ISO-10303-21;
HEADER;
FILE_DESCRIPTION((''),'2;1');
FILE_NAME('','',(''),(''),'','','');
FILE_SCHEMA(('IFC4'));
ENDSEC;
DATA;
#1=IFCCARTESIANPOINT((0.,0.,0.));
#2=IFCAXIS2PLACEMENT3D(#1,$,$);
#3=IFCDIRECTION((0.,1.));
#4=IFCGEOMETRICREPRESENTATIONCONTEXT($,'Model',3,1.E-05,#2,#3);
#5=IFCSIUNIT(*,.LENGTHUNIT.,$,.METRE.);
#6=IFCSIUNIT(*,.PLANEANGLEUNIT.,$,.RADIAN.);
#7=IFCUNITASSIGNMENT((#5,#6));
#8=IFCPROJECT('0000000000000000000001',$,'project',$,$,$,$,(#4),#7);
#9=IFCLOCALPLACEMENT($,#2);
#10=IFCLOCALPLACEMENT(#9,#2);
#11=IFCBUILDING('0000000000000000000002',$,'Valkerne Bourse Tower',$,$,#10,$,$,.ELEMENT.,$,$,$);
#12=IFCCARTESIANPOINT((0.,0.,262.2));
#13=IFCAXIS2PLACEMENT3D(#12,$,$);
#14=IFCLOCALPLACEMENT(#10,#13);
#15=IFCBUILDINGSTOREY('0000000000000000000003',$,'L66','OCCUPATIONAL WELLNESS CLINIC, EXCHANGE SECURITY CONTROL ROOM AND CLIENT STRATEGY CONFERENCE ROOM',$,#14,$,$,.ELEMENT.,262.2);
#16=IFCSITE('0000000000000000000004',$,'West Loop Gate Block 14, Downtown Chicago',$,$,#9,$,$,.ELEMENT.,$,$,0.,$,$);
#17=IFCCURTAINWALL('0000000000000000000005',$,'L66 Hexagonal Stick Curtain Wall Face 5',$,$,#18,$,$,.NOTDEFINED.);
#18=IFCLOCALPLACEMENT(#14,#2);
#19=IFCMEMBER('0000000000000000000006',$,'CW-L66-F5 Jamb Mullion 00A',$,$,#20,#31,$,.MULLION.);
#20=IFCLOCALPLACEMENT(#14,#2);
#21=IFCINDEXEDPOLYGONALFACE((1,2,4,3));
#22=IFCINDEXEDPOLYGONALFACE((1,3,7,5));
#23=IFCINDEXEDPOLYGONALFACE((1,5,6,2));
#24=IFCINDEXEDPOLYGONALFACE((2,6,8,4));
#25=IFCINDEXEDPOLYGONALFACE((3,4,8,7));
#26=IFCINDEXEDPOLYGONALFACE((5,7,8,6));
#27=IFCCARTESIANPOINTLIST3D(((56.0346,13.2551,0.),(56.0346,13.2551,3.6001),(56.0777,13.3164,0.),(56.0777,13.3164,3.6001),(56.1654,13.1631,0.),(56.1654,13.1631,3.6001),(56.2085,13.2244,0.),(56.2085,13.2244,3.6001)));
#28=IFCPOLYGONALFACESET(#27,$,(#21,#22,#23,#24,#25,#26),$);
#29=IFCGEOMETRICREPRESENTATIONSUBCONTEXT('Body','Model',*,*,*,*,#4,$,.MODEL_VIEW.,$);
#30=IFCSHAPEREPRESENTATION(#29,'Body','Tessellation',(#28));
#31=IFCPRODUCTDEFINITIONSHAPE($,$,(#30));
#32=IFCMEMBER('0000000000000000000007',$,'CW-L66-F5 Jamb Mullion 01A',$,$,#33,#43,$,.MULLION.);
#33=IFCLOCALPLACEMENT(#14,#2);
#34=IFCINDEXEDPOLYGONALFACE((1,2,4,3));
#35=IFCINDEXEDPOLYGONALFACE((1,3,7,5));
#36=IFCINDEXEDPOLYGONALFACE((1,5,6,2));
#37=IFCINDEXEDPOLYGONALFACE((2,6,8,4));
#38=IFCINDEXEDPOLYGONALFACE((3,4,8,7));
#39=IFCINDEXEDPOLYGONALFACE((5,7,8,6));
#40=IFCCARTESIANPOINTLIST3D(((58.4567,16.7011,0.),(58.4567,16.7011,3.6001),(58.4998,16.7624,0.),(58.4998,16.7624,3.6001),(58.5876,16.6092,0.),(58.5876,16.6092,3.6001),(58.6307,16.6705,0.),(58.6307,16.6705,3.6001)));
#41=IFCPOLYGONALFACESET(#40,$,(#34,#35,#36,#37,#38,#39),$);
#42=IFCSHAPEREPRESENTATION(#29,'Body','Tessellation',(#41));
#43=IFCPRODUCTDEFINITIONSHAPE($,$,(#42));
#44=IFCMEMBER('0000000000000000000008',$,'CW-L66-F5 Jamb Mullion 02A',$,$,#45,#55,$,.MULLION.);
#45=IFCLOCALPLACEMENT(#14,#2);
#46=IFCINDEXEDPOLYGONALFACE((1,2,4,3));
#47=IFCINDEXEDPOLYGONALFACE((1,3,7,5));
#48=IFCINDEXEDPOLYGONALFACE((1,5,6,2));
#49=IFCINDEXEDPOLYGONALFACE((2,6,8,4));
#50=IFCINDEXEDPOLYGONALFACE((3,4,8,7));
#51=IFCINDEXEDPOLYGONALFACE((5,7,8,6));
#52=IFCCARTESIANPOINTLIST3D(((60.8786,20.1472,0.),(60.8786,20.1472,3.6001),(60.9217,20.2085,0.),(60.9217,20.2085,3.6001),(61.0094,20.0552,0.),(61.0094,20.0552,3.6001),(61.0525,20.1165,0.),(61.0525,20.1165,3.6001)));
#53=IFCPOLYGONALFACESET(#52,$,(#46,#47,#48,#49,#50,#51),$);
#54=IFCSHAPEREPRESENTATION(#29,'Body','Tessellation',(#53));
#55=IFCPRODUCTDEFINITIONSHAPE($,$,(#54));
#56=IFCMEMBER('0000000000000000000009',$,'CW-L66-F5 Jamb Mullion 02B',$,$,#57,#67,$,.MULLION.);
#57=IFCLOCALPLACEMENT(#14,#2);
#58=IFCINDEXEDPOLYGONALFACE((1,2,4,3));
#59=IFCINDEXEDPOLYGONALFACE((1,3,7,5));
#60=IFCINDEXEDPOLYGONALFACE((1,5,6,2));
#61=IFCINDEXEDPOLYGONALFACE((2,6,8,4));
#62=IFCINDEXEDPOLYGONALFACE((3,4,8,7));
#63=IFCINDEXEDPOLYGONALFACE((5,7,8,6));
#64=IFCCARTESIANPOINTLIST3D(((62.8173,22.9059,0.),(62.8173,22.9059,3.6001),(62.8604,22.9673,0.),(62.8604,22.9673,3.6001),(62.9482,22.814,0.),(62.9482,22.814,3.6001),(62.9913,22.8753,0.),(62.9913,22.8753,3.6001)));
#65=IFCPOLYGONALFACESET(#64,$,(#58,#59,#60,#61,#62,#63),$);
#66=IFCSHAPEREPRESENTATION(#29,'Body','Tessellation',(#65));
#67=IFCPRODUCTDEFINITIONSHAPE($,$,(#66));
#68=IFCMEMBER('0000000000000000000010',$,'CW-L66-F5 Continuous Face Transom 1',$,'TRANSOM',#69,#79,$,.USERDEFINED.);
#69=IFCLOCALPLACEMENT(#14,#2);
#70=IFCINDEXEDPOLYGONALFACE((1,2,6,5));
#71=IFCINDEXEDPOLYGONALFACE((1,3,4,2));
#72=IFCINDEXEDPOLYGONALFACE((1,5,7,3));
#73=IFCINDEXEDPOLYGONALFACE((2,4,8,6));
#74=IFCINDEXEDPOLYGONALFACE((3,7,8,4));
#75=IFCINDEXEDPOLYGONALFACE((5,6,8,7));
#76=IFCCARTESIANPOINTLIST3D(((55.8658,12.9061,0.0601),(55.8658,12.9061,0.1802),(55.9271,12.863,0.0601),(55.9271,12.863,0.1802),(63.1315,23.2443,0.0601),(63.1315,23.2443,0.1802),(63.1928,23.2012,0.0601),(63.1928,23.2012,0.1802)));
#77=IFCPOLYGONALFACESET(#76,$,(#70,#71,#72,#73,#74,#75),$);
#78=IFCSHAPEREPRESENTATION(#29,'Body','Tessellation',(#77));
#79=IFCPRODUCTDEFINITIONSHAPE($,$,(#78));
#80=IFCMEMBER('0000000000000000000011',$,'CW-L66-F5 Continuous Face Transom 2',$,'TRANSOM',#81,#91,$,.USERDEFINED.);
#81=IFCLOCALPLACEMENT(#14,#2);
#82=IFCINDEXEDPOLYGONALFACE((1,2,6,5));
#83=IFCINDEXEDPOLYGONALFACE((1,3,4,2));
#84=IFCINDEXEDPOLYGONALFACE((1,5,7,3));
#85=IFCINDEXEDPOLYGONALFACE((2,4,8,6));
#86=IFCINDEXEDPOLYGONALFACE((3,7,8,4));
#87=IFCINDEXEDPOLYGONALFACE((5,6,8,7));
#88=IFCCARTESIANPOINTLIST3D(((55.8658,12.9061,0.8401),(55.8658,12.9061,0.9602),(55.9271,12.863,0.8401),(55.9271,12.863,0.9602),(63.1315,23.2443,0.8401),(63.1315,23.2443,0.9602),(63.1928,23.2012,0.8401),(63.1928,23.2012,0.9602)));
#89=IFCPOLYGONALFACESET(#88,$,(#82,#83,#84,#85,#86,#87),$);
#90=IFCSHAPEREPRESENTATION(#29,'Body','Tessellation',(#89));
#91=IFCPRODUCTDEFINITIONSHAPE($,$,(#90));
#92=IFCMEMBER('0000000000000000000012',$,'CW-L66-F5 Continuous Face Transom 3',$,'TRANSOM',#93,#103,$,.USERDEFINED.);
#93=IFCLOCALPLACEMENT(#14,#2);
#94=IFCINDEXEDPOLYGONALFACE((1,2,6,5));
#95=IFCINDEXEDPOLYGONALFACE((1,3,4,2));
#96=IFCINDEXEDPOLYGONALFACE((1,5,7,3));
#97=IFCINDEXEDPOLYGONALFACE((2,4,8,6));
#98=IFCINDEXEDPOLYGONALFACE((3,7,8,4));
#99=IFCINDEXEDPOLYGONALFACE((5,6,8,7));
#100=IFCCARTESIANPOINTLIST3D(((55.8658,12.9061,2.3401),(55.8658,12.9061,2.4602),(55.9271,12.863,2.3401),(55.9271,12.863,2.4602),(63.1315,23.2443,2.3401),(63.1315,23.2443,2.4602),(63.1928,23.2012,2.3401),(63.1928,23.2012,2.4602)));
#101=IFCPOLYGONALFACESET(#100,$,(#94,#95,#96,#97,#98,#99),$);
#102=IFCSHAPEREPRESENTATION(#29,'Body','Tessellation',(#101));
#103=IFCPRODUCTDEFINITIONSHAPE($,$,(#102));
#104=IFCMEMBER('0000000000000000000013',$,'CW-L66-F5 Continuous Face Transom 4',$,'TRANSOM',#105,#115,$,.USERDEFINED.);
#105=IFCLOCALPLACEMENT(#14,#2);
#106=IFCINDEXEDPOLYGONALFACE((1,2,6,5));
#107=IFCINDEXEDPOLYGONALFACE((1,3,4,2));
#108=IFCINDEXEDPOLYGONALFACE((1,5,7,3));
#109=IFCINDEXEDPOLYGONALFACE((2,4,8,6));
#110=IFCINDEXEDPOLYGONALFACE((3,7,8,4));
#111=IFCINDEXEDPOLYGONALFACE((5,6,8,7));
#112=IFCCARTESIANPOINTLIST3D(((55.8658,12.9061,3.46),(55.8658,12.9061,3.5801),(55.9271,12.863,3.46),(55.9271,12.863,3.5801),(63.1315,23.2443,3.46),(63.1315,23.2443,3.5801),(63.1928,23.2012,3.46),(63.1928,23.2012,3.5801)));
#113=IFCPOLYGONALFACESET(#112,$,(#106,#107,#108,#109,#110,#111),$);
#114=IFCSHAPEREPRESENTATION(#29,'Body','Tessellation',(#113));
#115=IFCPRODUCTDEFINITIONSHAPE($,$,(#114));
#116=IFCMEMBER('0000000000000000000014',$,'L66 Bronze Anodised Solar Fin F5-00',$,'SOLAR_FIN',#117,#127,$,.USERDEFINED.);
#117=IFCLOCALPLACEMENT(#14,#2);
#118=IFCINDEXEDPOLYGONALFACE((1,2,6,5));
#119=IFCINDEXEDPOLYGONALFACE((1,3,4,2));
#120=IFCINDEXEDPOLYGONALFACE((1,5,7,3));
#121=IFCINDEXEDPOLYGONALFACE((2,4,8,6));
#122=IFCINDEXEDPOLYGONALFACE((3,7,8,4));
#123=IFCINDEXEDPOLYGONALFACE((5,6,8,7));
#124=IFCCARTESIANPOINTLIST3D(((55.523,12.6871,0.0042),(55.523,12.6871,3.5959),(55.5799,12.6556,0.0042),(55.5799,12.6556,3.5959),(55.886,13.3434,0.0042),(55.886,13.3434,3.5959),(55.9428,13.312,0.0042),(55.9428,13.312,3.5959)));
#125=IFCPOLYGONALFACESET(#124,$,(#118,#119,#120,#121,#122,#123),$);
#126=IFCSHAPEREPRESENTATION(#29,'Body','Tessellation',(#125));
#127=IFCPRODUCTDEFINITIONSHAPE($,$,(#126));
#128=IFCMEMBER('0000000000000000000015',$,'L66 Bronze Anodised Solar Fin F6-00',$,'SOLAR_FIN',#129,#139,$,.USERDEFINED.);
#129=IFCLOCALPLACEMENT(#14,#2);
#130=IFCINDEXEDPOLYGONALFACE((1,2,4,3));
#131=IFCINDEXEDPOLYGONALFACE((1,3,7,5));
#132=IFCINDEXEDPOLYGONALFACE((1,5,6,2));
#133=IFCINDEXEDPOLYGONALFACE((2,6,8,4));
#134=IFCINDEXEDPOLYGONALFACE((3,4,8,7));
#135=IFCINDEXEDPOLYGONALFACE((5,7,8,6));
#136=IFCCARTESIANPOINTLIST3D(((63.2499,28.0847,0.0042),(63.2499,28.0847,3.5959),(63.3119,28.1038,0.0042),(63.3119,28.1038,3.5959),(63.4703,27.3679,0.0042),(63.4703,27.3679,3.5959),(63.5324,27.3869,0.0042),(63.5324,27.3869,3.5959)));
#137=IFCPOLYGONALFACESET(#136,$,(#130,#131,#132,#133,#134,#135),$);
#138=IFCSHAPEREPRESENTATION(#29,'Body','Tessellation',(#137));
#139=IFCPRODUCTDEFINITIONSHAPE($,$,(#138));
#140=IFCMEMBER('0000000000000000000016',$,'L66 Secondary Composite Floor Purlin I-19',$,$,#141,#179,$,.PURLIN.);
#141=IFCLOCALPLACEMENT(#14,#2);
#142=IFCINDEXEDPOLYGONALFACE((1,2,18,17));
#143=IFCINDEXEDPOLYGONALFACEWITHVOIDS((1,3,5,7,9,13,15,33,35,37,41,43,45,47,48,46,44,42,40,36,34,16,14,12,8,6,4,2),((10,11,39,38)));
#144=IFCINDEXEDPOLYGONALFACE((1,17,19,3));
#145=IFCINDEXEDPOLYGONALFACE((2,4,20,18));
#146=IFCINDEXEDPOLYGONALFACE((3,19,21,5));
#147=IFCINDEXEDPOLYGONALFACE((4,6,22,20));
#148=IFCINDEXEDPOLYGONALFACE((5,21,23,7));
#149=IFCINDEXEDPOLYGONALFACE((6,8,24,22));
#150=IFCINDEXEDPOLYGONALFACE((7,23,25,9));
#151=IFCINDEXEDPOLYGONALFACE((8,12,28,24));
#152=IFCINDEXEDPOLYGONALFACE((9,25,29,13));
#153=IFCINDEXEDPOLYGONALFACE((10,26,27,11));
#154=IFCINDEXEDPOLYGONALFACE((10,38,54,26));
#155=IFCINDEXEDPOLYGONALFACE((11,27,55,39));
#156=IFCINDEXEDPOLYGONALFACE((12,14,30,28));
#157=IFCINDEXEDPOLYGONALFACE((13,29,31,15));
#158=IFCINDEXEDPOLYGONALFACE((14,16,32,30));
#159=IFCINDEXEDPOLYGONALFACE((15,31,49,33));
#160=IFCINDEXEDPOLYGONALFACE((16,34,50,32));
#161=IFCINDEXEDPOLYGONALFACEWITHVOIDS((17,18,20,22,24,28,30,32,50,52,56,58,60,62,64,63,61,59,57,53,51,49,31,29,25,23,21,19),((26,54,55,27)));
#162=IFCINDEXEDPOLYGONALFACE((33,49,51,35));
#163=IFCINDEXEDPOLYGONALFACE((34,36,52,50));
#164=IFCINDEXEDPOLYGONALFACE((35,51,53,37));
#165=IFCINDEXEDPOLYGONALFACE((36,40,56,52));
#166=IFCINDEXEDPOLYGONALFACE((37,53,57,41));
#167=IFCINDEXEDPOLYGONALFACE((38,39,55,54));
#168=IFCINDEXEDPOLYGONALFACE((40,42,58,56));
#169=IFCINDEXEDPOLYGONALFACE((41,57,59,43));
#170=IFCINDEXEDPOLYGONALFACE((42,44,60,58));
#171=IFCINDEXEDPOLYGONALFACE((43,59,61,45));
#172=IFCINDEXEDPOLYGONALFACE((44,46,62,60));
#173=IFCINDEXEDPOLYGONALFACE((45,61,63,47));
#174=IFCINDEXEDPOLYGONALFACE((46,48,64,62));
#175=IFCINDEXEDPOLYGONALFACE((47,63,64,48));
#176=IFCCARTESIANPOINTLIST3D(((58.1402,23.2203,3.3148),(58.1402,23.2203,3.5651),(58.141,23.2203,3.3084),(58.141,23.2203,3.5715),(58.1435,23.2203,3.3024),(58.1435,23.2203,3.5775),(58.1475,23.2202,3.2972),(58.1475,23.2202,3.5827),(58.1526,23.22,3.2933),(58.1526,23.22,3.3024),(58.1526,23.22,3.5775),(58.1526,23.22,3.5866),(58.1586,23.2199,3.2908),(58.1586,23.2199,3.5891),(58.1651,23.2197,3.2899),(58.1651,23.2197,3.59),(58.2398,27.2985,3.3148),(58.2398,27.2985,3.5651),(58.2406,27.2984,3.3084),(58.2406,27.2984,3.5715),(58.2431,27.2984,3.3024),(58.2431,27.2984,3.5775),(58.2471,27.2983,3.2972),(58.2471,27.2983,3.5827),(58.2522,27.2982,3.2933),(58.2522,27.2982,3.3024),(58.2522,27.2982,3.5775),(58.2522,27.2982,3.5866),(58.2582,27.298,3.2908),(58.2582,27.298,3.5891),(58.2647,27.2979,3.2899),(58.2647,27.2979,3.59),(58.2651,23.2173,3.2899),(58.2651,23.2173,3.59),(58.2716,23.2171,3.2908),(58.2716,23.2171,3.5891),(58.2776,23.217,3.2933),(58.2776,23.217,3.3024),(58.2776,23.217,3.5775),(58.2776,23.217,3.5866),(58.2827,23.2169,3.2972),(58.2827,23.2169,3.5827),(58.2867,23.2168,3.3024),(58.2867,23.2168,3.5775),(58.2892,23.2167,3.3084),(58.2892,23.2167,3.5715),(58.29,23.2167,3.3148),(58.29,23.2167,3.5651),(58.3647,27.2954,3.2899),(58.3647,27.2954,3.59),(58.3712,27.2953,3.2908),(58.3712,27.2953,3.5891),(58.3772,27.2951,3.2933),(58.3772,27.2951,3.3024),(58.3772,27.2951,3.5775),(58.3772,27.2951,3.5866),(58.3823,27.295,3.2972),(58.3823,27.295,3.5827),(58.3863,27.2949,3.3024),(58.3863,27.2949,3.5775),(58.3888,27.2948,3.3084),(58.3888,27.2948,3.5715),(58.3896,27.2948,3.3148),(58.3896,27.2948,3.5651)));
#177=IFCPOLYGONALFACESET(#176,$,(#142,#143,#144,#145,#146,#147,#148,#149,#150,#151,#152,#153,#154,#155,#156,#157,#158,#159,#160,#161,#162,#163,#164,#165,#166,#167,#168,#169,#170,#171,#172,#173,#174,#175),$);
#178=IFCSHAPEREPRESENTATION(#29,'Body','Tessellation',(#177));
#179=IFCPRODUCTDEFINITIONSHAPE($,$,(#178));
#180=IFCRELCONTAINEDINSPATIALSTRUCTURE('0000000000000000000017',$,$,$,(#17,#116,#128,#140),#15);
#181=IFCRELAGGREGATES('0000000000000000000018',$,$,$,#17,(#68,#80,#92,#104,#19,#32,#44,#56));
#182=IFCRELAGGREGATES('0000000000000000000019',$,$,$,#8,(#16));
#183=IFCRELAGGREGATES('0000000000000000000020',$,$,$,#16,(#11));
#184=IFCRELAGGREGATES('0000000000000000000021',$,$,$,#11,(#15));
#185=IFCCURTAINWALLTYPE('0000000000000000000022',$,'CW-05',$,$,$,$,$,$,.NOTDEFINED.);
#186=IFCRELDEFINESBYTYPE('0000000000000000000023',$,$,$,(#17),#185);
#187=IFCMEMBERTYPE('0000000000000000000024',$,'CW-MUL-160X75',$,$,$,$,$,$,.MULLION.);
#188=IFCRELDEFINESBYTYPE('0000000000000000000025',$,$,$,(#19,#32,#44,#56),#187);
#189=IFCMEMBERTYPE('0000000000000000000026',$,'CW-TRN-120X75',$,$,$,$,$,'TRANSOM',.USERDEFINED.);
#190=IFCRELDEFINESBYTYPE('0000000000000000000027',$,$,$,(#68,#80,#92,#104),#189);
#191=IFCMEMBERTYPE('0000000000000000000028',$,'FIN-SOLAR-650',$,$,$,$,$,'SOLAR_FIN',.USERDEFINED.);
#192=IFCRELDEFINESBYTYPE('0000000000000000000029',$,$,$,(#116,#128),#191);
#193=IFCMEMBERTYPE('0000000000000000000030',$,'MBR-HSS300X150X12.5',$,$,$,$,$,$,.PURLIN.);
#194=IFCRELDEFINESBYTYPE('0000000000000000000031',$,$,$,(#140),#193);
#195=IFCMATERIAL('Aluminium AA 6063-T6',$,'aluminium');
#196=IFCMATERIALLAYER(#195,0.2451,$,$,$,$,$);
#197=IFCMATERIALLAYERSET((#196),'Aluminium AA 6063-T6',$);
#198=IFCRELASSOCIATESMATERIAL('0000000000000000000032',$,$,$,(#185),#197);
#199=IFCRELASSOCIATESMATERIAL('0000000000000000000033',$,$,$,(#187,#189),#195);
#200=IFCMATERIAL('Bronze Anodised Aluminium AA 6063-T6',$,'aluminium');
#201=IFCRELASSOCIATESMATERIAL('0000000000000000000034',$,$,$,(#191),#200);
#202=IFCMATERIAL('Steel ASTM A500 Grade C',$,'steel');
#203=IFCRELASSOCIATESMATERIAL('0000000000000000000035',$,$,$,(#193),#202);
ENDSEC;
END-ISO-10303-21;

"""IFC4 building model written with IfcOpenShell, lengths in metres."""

from ifc_helpers import new_model, si_unit, direction, frame, origin, origin_2d, place, context, subcontext, project, spatial, rectangle, hollow_rectangle, extrude, material, layer, layer_set, material_profile, profile_set, type_object, element, aggregate, save


model = new_model("IFC4")

# Units and contexts
model_context = context("Model", 3, precision=1e-05, world=origin(), true_north=direction((0.0, 1.0)))
body_context = subcontext(model_context, "Body", "Model", "MODEL_VIEW")
ifc_project = project(units=[si_unit("LENGTHUNIT", "METRE"), si_unit("PLANEANGLEUNIT", "RADIAN")], contexts=[model_context])

# Site, building, storey
site_placement = place(None, origin())
site = spatial("IfcSite", under=ifc_project, at=site_placement, Name="West Loop Gate Block 14, Downtown Chicago", CompositionType="ELEMENT", RefElevation=0.0)
building_placement = place(site_placement, origin())
building = spatial("IfcBuilding", under=site, at=building_placement, Name="Valkerne Bourse Tower", CompositionType="ELEMENT")
storey_placement = place(building_placement, frame((0.0, 0.0, 262.2)))
storey = spatial("IfcBuildingStorey", under=building, at=storey_placement, Name="L66", Description="OCCUPATIONAL WELLNESS CLINIC, EXCHANGE SECURITY CONTROL ROOM AND CLIENT STRATEGY CONFERENCE ROOM", CompositionType="ELEMENT", Elevation=262.2)

# Shared definitions
ifc_material_1 = material(Name="Steel ASTM A500 Grade C", Category="steel")

# Curtain wall, members
ifc_material_2 = material(Name="Aluminium AA 6063-T6", Category="aluminium")
ifc_layer_1 = layer(ifc_material_2, 0.2451)
ifc_layer_set_1 = layer_set([ifc_layer_1], Name="Aluminium AA 6063-T6")
curtain_wall_type = type_object("IfcCurtainWallType", Name="CW-05", PredefinedType="NOTDEFINED", material=ifc_layer_set_1)
curtain_wall_placement = place(storey_placement, origin())
curtain_wall = element("IfcCurtainWall", 1, at=curtain_wall_placement, inside=storey, type_object=curtain_wall_type, Name="L66 Hexagonal Stick Curtain Wall Face 5", PredefinedType="NOTDEFINED")
ifc_material_profile_1 = material_profile(ifc_material_2, rectangle(XDim=0.075, YDim=0.1599, at=origin_2d()), Name="CWM-75X160")
ifc_profile_set_1 = profile_set([ifc_material_profile_1], Name="Aluminium AA 6063-T6")
member_type_1 = type_object("IfcMemberType", Name="CW-MUL-160X75", PredefinedType="MULLION", material=ifc_profile_set_1)
member_1_placement = place(storey_placement, frame((56.1216, 13.2397, 0.0), z_axis=(0.0, 0.0, 1.0), x_axis=(0.575007, 0.818149, 0.0)))
member_1 = element("IfcMember", 2, at=member_1_placement, type_object=member_type_1, Name="CW-L66-F5 Jamb Mullion 00A", PredefinedType="MULLION", context=body_context, shape_type="SweptSolid", body=[
    extrude(rectangle(XDim=0.075, YDim=0.1599, at=origin_2d()), origin(), (0.0, 0.0, 1.0), 3.6001),
])
member_2_placement = place(storey_placement, frame((58.5437, 16.6858, 0.0), z_axis=(0.0, 0.0, 1.0), x_axis=(0.574996, 0.818156, 0.0)))
member_2 = element("IfcMember", 3, at=member_2_placement, type_object=member_type_1, Name="CW-L66-F5 Jamb Mullion 01A", PredefinedType="MULLION", context=body_context, shape_type="SweptSolid", body=[
    extrude(rectangle(XDim=0.075, YDim=0.1599, at=origin_2d()), origin(), (0.0, 0.0, 1.0), 3.6001),
])
member_3_placement = place(storey_placement, frame((60.9656, 20.1318, 0.0), z_axis=(0.0, 0.0, 1.0), x_axis=(0.575007, 0.818149, 0.0)))
member_3 = element("IfcMember", 4, at=member_3_placement, type_object=member_type_1, Name="CW-L66-F5 Jamb Mullion 02A", PredefinedType="MULLION", context=body_context, shape_type="SweptSolid", body=[
    extrude(rectangle(XDim=0.075, YDim=0.1599, at=origin_2d()), origin(), (0.0, 0.0, 1.0), 3.6001),
])
member_4_placement = place(storey_placement, frame((62.9043, 22.8906, 0.0), z_axis=(0.0, 0.0, 1.0), x_axis=(0.575007, 0.818149, 0.0)))
member_4 = element("IfcMember", 5, at=member_4_placement, type_object=member_type_1, Name="CW-L66-F5 Jamb Mullion 02B", PredefinedType="MULLION", context=body_context, shape_type="SweptSolid", body=[
    extrude(rectangle(XDim=0.075, YDim=0.1599, at=origin_2d()), origin(), (0.0, 0.0, 1.0), 3.6001),
])
ifc_material_profile_2 = material_profile(ifc_material_2, rectangle(XDim=0.075, YDim=0.1201, at=origin_2d()), Name="CWT-75X120")
ifc_profile_set_2 = profile_set([ifc_material_profile_2], Name="Aluminium AA 6063-T6")
member_type_2 = type_object("IfcMemberType", Name="CW-TRN-120X75", ElementType="TRANSOM", PredefinedType="USERDEFINED", material=ifc_profile_set_2)
member_5_placement = place(storey_placement, frame((55.8965, 12.8845, 0.1201), z_axis=(0.574998, 0.818155, 0.0), x_axis=(-0.818155, 0.574998, 0.0)))
member_5 = element("IfcMember", 6, at=member_5_placement, type_object=member_type_2, Name="CW-L66-F5 Continuous Face Transom 1", ObjectType="TRANSOM", PredefinedType="USERDEFINED", context=body_context, shape_type="SweptSolid", body=[
    extrude(rectangle(XDim=0.075, YDim=0.1201, at=origin_2d()), origin(), (0.0, 0.0, 1.0), 12.636),
])
member_6_placement = place(storey_placement, frame((55.8965, 12.8845, 0.9001), z_axis=(0.574998, 0.818155, 0.0), x_axis=(-0.818155, 0.574998, 0.0)))
member_6 = element("IfcMember", 7, at=member_6_placement, type_object=member_type_2, Name="CW-L66-F5 Continuous Face Transom 2", ObjectType="TRANSOM", PredefinedType="USERDEFINED", context=body_context, shape_type="SweptSolid", body=[
    extrude(rectangle(XDim=0.075, YDim=0.1201, at=origin_2d()), origin(), (0.0, 0.0, 1.0), 12.636),
])
member_7_placement = place(storey_placement, frame((55.8965, 12.8845, 2.4001), z_axis=(0.574998, 0.818155, 0.0), x_axis=(-0.818155, 0.574998, 0.0)))
member_7 = element("IfcMember", 8, at=member_7_placement, type_object=member_type_2, Name="CW-L66-F5 Continuous Face Transom 3", ObjectType="TRANSOM", PredefinedType="USERDEFINED", context=body_context, shape_type="SweptSolid", body=[
    extrude(rectangle(XDim=0.075, YDim=0.1201, at=origin_2d()), origin(), (0.0, 0.0, 1.0), 12.636),
])
member_8_placement = place(storey_placement, frame((55.8965, 12.8845, 3.52), z_axis=(0.574998, 0.818155, 0.0), x_axis=(-0.818155, 0.574998, 0.0)))
member_8 = element("IfcMember", 9, at=member_8_placement, type_object=member_type_2, Name="CW-L66-F5 Continuous Face Transom 4", ObjectType="TRANSOM", PredefinedType="USERDEFINED", context=body_context, shape_type="SweptSolid", body=[
    extrude(rectangle(XDim=0.075, YDim=0.1201, at=origin_2d()), origin(), (0.0, 0.0, 1.0), 12.636),
])

# Members
ifc_material_3 = material(Name="Bronze Anodised Aluminium AA 6063-T6", Category="aluminium")
ifc_material_profile_3 = material_profile(ifc_material_3, rectangle(XDim=0.0649, YDim=0.75, at=origin_2d()), Name="FIN-65X750")
ifc_profile_set_3 = profile_set([ifc_material_profile_3], Name="Bronze Anodised Aluminium AA 6063-T6")
member_type_3 = type_object("IfcMemberType", Name="FIN-SOLAR-650", ElementType="SOLAR_FIN", PredefinedType="USERDEFINED", material=ifc_profile_set_3)
for number, where, z_axis, x_axis, name in (
    (10, (55.7329, 12.9995, 0.0042), (0.0, 0.0, 1.0), (0.875119, -0.483908, 0.0), "L66 Bronze Anodised Solar Fin F5-00"),
    (11, (63.3911, 27.7358, 0.0042), (0.0, 0.0, 1.0), (0.955837, 0.293897, 0.0), "L66 Bronze Anodised Solar Fin F6-00"),
):
    element("IfcMember", number, at=place(storey_placement, frame(where, z_axis=z_axis, x_axis=x_axis)), inside=storey, type_object=member_type_3, Name=name, ObjectType="SOLAR_FIN", PredefinedType="USERDEFINED", context=body_context, shape_type="SweptSolid", body=[
        extrude(rectangle(XDim=0.0649, YDim=0.75, at=origin_2d()), origin(), (0.0, 0.0, 1.0), 3.5918),
    ])
ifc_material_profile_4 = material_profile(ifc_material_1, hollow_rectangle(XDim=0.1499, YDim=0.3, WallThickness=0.0125, OuterFilletRadius=0.0249, at=origin_2d()), Name="HSS300X150X12.5")
ifc_profile_set_4 = profile_set([ifc_material_profile_4], Name="Steel ASTM A500 Grade C")
member_type_4 = type_object("IfcMemberType", Name="MBR-HSS300X150X12.5", PredefinedType="PURLIN", material=ifc_profile_set_4)
member_9_placement = place(storey_placement, frame((58.2151, 23.2185, 3.4399), z_axis=(0.024418, 0.999702, 0.0), x_axis=(-0.999702, 0.024418, 0.0)))
element("IfcMember", 12, at=member_9_placement, inside=storey, type_object=member_type_4, Name="L66 Secondary Composite Floor Purlin I-19", PredefinedType="PURLIN", context=body_context, shape_type="SweptSolid", body=[
    extrude(hollow_rectangle(XDim=0.1499, YDim=0.3, WallThickness=0.0125, OuterFilletRadius=0.0249, at=origin_2d()), origin(), (0.0, 0.0, 1.0), 4.0793),
])

aggregate(curtain_wall, [member_5, member_6, member_7, member_8, member_1, member_2, member_3, member_4])

save(model, "model.ifc")
